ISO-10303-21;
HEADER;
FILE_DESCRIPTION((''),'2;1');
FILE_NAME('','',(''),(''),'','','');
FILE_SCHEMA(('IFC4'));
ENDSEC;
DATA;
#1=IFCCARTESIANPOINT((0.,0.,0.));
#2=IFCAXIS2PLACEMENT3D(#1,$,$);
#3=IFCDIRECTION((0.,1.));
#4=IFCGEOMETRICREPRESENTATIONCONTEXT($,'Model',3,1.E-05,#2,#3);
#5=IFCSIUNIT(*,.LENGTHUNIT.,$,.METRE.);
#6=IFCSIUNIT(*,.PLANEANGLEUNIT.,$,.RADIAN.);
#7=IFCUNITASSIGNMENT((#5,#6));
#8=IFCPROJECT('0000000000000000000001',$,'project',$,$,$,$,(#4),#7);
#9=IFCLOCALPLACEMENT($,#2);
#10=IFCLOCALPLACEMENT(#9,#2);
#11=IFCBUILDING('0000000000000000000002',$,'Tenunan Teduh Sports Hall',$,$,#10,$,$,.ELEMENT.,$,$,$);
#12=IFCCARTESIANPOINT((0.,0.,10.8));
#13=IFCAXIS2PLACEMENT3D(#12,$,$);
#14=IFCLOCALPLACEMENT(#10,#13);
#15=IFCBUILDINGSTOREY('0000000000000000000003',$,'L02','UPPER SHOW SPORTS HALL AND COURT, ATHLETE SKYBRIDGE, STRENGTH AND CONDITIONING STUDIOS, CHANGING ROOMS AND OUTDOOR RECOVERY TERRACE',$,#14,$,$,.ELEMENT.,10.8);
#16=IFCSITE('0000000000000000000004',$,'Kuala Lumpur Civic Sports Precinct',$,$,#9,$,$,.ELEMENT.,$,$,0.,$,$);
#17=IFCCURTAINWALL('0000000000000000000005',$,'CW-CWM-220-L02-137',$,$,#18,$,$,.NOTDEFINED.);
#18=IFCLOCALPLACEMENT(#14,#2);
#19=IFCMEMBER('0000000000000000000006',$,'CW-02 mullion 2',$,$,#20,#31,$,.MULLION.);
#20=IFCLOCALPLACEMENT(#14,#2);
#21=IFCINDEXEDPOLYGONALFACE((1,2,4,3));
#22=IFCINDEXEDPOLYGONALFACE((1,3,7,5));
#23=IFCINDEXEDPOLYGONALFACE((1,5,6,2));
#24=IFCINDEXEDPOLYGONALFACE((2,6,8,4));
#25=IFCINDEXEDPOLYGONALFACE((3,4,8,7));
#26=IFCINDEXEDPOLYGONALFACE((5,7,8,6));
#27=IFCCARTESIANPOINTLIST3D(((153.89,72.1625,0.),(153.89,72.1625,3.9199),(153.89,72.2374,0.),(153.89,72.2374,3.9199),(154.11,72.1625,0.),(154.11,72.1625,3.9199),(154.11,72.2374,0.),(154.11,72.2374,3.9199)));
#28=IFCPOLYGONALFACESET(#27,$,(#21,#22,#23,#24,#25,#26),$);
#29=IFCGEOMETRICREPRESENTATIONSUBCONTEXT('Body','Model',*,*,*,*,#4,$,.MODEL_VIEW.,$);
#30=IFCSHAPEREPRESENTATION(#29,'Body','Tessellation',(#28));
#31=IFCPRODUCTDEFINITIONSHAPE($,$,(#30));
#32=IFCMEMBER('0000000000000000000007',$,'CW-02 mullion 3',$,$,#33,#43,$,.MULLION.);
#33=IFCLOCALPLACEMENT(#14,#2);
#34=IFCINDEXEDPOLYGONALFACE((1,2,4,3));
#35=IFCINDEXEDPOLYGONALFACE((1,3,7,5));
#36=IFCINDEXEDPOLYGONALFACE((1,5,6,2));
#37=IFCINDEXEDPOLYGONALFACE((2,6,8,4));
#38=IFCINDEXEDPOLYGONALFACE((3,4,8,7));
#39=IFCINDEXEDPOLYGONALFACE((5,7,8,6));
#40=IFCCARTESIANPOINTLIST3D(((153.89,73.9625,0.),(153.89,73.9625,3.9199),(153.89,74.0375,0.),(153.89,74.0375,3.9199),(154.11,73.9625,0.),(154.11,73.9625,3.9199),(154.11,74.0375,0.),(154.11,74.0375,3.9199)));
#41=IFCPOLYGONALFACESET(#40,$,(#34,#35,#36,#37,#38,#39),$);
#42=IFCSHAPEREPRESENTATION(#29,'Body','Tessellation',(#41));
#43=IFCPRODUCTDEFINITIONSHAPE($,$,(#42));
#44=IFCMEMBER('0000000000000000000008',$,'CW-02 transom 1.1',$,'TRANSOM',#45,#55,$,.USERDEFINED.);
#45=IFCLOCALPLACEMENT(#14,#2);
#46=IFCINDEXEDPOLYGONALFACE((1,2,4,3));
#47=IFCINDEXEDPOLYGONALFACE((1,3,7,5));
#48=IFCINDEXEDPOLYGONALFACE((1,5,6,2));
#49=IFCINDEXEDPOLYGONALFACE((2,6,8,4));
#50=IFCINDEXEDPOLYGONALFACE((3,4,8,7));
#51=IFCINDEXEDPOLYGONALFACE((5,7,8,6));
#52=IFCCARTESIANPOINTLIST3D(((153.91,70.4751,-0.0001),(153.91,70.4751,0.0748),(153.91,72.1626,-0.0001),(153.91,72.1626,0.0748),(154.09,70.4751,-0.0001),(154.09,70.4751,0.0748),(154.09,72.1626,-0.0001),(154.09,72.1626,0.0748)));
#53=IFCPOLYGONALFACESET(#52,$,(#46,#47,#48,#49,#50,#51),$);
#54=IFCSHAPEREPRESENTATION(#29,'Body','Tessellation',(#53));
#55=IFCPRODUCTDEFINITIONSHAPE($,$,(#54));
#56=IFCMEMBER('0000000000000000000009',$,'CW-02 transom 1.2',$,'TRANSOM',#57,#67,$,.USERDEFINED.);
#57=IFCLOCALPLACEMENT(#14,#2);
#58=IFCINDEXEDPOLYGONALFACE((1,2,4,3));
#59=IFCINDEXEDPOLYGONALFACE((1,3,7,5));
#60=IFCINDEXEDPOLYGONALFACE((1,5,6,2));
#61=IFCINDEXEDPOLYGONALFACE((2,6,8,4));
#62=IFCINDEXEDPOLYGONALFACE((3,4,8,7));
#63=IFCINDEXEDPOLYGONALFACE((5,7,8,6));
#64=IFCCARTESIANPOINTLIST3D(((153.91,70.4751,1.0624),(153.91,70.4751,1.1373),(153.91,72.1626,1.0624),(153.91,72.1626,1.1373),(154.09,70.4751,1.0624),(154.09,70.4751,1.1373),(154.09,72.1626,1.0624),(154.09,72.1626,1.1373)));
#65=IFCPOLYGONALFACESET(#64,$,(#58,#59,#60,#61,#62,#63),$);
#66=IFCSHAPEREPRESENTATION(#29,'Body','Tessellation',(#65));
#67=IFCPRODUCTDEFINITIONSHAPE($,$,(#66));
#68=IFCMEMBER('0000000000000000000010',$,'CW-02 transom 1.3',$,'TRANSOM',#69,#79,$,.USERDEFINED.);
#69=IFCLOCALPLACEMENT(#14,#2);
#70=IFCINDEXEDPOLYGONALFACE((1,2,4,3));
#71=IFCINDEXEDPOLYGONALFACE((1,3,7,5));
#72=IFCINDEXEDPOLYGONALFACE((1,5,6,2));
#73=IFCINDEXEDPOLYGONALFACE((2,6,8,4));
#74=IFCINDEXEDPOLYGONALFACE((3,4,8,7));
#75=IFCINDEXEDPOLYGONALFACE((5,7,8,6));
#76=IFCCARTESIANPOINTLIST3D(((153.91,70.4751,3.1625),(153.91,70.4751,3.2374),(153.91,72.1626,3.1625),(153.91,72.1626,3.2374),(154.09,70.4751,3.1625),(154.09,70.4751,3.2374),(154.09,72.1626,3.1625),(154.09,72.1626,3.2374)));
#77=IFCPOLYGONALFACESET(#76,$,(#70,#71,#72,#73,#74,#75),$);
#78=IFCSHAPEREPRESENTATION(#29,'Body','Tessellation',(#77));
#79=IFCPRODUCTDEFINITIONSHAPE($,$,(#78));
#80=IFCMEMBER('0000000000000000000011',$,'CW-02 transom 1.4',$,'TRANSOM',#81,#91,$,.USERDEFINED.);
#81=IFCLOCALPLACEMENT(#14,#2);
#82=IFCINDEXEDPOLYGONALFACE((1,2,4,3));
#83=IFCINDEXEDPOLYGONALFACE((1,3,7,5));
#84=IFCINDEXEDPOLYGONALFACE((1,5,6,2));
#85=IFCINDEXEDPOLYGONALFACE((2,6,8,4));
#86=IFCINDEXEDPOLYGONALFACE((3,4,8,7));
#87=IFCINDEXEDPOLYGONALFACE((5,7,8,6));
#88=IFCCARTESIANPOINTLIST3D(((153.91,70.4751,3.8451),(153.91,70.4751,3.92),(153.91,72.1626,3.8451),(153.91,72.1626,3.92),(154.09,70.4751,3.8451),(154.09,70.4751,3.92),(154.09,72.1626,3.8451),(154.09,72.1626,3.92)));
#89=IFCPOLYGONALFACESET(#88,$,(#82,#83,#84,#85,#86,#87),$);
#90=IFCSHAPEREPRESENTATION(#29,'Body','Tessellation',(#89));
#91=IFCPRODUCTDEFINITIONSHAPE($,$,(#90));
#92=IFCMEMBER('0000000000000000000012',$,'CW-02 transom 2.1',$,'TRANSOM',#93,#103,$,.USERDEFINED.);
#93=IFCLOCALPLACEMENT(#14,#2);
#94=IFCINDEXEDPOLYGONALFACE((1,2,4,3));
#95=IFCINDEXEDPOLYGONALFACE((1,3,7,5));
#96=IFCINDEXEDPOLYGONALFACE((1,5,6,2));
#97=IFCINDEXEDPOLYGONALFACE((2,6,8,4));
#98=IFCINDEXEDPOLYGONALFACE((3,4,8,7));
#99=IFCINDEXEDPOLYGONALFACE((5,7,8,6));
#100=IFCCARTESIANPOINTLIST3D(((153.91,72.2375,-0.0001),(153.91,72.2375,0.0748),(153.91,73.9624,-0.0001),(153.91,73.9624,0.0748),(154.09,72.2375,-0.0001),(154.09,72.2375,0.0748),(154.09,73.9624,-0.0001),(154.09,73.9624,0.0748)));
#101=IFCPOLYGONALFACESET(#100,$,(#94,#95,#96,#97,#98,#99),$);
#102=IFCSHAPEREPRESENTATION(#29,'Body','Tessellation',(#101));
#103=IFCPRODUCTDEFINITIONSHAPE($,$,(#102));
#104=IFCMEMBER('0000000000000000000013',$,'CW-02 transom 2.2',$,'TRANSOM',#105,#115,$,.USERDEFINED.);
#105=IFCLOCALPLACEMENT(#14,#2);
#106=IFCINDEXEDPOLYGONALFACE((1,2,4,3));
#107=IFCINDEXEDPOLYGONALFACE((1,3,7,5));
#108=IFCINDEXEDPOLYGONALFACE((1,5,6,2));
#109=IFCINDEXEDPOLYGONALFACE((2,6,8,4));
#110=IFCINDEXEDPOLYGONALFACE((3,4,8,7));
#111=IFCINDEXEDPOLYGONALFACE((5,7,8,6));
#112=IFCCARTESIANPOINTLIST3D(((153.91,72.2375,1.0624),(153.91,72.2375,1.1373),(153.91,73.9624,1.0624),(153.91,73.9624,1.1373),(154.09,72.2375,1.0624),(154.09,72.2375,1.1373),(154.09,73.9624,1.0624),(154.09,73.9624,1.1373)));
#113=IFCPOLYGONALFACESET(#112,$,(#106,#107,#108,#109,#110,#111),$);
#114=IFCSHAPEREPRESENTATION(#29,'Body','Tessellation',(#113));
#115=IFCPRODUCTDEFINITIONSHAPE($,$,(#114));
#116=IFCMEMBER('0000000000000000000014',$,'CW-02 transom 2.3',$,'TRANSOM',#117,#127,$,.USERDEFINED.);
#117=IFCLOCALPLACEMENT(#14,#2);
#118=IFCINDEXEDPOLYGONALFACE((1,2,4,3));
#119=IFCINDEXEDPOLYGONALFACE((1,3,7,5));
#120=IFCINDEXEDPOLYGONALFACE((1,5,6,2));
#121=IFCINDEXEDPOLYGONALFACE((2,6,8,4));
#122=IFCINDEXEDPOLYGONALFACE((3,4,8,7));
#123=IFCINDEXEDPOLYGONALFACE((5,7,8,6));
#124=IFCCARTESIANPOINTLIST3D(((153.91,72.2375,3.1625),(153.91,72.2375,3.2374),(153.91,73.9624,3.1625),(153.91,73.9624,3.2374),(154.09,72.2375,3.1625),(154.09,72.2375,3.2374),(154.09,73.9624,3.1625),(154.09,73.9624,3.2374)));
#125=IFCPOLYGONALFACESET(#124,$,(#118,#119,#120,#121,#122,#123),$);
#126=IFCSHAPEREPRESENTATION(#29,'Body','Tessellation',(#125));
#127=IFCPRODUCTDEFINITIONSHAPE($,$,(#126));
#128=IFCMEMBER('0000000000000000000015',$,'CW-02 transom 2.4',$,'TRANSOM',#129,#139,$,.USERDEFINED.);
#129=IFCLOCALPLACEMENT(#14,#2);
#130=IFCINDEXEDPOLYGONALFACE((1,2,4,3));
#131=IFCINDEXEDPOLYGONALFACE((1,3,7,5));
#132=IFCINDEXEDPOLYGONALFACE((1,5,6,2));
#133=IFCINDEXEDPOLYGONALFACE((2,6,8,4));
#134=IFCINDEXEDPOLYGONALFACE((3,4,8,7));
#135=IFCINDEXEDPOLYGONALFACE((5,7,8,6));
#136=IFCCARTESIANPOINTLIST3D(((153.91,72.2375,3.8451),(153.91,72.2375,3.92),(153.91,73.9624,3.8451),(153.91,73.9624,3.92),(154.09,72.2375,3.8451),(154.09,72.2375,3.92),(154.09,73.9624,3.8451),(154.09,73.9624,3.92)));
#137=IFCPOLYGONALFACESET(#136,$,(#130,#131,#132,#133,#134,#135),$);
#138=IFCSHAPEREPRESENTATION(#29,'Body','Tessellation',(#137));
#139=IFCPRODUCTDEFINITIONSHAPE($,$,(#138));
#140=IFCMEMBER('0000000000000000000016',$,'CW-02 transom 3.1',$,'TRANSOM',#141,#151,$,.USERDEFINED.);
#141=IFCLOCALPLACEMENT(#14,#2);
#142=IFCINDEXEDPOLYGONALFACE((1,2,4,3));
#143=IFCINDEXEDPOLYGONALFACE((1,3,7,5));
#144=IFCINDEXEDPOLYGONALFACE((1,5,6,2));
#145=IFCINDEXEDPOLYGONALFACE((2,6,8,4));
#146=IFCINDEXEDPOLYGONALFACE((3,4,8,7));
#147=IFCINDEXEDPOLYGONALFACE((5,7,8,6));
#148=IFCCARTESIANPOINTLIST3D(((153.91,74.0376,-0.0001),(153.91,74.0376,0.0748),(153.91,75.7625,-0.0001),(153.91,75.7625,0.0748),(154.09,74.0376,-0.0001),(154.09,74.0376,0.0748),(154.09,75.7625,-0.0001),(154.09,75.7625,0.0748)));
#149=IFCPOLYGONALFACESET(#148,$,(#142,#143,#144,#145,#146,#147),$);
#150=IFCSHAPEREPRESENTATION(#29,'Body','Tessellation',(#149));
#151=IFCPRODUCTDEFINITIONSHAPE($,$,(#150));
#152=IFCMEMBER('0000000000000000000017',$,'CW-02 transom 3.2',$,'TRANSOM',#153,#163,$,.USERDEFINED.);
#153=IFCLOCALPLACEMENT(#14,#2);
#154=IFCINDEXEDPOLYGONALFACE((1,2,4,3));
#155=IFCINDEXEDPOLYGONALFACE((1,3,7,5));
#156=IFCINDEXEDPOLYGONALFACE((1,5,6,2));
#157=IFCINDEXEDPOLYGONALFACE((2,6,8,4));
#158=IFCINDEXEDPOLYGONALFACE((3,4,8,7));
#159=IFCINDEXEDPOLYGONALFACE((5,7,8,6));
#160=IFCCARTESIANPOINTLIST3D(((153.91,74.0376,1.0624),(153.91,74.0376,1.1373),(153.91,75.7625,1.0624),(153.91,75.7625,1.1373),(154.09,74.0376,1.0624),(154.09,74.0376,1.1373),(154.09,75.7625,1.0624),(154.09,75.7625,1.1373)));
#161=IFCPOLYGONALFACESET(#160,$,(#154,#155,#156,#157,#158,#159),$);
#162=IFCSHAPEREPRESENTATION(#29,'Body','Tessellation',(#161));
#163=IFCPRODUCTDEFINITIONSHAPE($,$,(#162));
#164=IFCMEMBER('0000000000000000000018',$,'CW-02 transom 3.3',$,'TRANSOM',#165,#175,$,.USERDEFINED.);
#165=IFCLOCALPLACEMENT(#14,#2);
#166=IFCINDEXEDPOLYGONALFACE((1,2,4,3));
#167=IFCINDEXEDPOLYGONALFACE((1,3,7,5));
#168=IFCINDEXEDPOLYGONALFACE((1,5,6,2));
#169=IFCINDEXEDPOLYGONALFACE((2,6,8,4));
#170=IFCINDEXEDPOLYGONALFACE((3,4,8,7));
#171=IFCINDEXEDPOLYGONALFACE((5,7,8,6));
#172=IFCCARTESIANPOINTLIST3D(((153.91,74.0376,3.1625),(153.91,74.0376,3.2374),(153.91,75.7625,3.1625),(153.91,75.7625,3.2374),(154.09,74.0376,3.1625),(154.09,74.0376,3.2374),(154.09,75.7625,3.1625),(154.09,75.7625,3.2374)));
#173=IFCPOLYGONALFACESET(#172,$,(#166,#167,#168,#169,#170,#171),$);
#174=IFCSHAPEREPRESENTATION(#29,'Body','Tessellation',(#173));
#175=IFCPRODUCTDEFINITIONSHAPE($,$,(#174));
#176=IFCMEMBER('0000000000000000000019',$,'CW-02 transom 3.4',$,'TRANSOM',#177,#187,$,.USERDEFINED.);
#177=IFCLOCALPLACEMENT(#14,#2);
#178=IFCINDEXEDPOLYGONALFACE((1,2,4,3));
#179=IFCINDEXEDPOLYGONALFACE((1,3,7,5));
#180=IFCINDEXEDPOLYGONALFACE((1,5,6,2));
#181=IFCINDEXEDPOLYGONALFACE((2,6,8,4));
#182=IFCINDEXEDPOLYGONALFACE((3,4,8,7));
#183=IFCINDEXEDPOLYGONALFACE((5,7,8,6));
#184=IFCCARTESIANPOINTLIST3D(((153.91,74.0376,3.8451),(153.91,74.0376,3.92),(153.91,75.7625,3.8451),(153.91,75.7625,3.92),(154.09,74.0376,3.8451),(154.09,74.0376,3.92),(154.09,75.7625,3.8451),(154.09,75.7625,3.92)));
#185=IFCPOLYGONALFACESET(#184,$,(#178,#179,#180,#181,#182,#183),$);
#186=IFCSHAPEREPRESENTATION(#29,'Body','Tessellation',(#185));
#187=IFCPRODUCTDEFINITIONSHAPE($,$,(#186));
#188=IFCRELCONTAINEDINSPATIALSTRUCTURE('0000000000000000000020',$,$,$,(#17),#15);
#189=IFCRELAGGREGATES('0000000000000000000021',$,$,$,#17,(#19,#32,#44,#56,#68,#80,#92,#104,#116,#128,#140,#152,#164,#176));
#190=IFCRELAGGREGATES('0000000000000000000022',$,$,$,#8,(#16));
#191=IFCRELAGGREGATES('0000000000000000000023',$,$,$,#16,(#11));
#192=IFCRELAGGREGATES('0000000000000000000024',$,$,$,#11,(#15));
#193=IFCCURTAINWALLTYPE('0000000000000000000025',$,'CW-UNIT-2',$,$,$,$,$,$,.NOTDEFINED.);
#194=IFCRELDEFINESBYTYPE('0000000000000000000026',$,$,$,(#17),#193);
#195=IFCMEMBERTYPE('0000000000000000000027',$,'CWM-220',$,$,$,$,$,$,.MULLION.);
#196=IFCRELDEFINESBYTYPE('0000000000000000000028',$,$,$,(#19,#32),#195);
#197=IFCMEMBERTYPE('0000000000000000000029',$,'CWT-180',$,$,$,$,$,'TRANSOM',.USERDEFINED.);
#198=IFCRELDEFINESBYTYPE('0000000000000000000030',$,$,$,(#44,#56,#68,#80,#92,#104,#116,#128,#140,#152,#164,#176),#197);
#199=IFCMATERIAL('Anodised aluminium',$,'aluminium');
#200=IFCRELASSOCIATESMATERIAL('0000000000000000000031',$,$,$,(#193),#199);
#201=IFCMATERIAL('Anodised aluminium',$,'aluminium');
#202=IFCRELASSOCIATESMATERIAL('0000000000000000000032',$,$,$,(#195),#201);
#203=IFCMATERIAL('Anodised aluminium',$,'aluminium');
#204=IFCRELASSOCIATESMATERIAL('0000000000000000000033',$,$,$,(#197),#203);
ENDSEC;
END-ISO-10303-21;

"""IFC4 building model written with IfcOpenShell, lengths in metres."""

from ifc_helpers import new_model, si_unit, direction, frame, origin, origin_2d, place, context, subcontext, project, spatial, rectangle, extrude, material, material_profile, profile_set, type_object, element, aggregate, save


model = new_model("IFC4")

# Units and contexts
model_context = context("Model", 3, precision=1e-05, world=origin(), true_north=direction((0.0, 1.0)))
body_context = subcontext(model_context, "Body", "Model", "MODEL_VIEW")
ifc_project = project(units=[si_unit("LENGTHUNIT", "METRE"), si_unit("PLANEANGLEUNIT", "RADIAN")], contexts=[model_context])

# Site, building, storey
site_placement = place(None, origin())
site = spatial("IfcSite", under=ifc_project, at=site_placement, Name="Kuala Lumpur Civic Sports Precinct", CompositionType="ELEMENT", RefElevation=0.0)
building_placement = place(site_placement, origin())
building = spatial("IfcBuilding", under=site, at=building_placement, Name="Tenunan Teduh Sports Hall", CompositionType="ELEMENT")
storey_placement = place(building_placement, frame((0.0, 0.0, 10.8)))
storey = spatial("IfcBuildingStorey", under=building, at=storey_placement, Name="L02", Description="UPPER SHOW SPORTS HALL AND COURT, ATHLETE SKYBRIDGE, STRENGTH AND CONDITIONING STUDIOS, CHANGING ROOMS AND OUTDOOR RECOVERY TERRACE", CompositionType="ELEMENT", Elevation=10.8)

# Curtain wall, members
ifc_material_1 = material(Name="Anodised aluminium", Category="aluminium")
curtain_wall_type = type_object("IfcCurtainWallType", Name="CW-UNIT-2", PredefinedType="NOTDEFINED", material=ifc_material_1)
curtain_wall_placement = place(storey_placement, origin())
curtain_wall = element("IfcCurtainWall", 1, at=curtain_wall_placement, inside=storey, type_object=curtain_wall_type, Name="CW-CWM-220-L02-137", PredefinedType="NOTDEFINED")
ifc_material_2 = material(Name="Anodised aluminium", Category="aluminium")
ifc_material_profile_1 = material_profile(ifc_material_2, rectangle(XDim=0.075, YDim=0.22, at=origin_2d()), Name="CWM 75x220")
ifc_profile_set_1 = profile_set([ifc_material_profile_1], Name="Anodised aluminium")
member_type_1 = type_object("IfcMemberType", Name="CWM-220", PredefinedType="MULLION", material=ifc_profile_set_1)
member_1_placement = place(storey_placement, frame((154.0, 72.2, 0.0), z_axis=(0.0, 0.0, 1.0), x_axis=(0.0, 1.0, 0.0)))
member_1 = element("IfcMember", 2, at=member_1_placement, type_object=member_type_1, Name="CW-02 mullion 2", PredefinedType="MULLION", context=body_context, shape_type="SweptSolid", body=[
    extrude(rectangle(XDim=0.075, YDim=0.22, at=origin_2d()), origin(), (0.0, 0.0, 1.0), 3.9199),
])
member_2_placement = place(storey_placement, frame((154.0, 74.0, 0.0), z_axis=(0.0, 0.0, 1.0), x_axis=(0.0, 1.0, 0.0)))
member_2 = element("IfcMember", 3, at=member_2_placement, type_object=member_type_1, Name="CW-02 mullion 3", PredefinedType="MULLION", context=body_context, shape_type="SweptSolid", body=[
    extrude(rectangle(XDim=0.075, YDim=0.22, at=origin_2d()), origin(), (0.0, 0.0, 1.0), 3.9199),
])
ifc_material_3 = material(Name="Anodised aluminium", Category="aluminium")
ifc_material_profile_2 = material_profile(ifc_material_3, rectangle(XDim=0.075, YDim=0.1799, at=origin_2d()), Name="CWT 75x180")
ifc_profile_set_2 = profile_set([ifc_material_profile_2], Name="Anodised aluminium")
member_type_2 = type_object("IfcMemberType", Name="CWT-180", ElementType="TRANSOM", PredefinedType="USERDEFINED", material=ifc_profile_set_2)
member_3_placement = place(storey_placement, frame((154.0, 70.4751, 0.0374), z_axis=(0.0, 1.0, 0.0), x_axis=(0.0, 0.0, 1.0)))
member_3 = element("IfcMember", 4, at=member_3_placement, type_object=member_type_2, Name="CW-02 transom 1.1", ObjectType="TRANSOM", PredefinedType="USERDEFINED", context=body_context, shape_type="SweptSolid", body=[
    extrude(rectangle(XDim=0.075, YDim=0.1799, at=origin_2d()), origin(), (0.0, 0.0, 1.0), 1.6875),
])
member_4_placement = place(storey_placement, frame((154.0, 70.4751, 1.0999), z_axis=(0.0, 1.0, 0.0), x_axis=(0.0, 0.0, 1.0)))
member_4 = element("IfcMember", 5, at=member_4_placement, type_object=member_type_2, Name="CW-02 transom 1.2", ObjectType="TRANSOM", PredefinedType="USERDEFINED", context=body_context, shape_type="SweptSolid", body=[
    extrude(rectangle(XDim=0.075, YDim=0.1799, at=origin_2d()), origin(), (0.0, 0.0, 1.0), 1.6875),
])
member_5_placement = place(storey_placement, frame((154.0, 70.4751, 3.2), z_axis=(0.0, 1.0, 0.0), x_axis=(0.0, 0.0, 1.0)))
member_5 = element("IfcMember", 6, at=member_5_placement, type_object=member_type_2, Name="CW-02 transom 1.3", ObjectType="TRANSOM", PredefinedType="USERDEFINED", context=body_context, shape_type="SweptSolid", body=[
    extrude(rectangle(XDim=0.075, YDim=0.1799, at=origin_2d()), origin(), (0.0, 0.0, 1.0), 1.6875),
])
member_6_placement = place(storey_placement, frame((154.0, 70.4751, 3.8826), z_axis=(0.0, 1.0, 0.0), x_axis=(0.0, 0.0, 1.0)))
member_6 = element("IfcMember", 7, at=member_6_placement, type_object=member_type_2, Name="CW-02 transom 1.4", ObjectType="TRANSOM", PredefinedType="USERDEFINED", context=body_context, shape_type="SweptSolid", body=[
    extrude(rectangle(XDim=0.075, YDim=0.1799, at=origin_2d()), origin(), (0.0, 0.0, 1.0), 1.6875),
])
member_7_placement = place(storey_placement, frame((154.0, 72.2375, 0.0374), z_axis=(0.0, 1.0, 0.0), x_axis=(0.0, 0.0, 1.0)))
member_7 = element("IfcMember", 8, at=member_7_placement, type_object=member_type_2, Name="CW-02 transom 2.1", ObjectType="TRANSOM", PredefinedType="USERDEFINED", context=body_context, shape_type="SweptSolid", body=[
    extrude(rectangle(XDim=0.075, YDim=0.1799, at=origin_2d()), origin(), (0.0, 0.0, 1.0), 1.7249),
])
member_8_placement = place(storey_placement, frame((154.0, 72.2375, 1.0999), z_axis=(0.0, 1.0, 0.0), x_axis=(0.0, 0.0, 1.0)))
member_8 = element("IfcMember", 9, at=member_8_placement, type_object=member_type_2, Name="CW-02 transom 2.2", ObjectType="TRANSOM", PredefinedType="USERDEFINED", context=body_context, shape_type="SweptSolid", body=[
    extrude(rectangle(XDim=0.075, YDim=0.1799, at=origin_2d()), origin(), (0.0, 0.0, 1.0), 1.7249),
])
member_9_placement = place(storey_placement, frame((154.0, 72.2375, 3.2), z_axis=(0.0, 1.0, 0.0), x_axis=(0.0, 0.0, 1.0)))
member_9 = element("IfcMember", 10, at=member_9_placement, type_object=member_type_2, Name="CW-02 transom 2.3", ObjectType="TRANSOM", PredefinedType="USERDEFINED", context=body_context, shape_type="SweptSolid", body=[
    extrude(rectangle(XDim=0.075, YDim=0.1799, at=origin_2d()), origin(), (0.0, 0.0, 1.0), 1.7249),
])
member_10_placement = place(storey_placement, frame((154.0, 72.2375, 3.8826), z_axis=(0.0, 1.0, 0.0), x_axis=(0.0, 0.0, 1.0)))
member_10 = element("IfcMember", 11, at=member_10_placement, type_object=member_type_2, Name="CW-02 transom 2.4", ObjectType="TRANSOM", PredefinedType="USERDEFINED", context=body_context, shape_type="SweptSolid", body=[
    extrude(rectangle(XDim=0.075, YDim=0.1799, at=origin_2d()), origin(), (0.0, 0.0, 1.0), 1.7249),
])
member_11_placement = place(storey_placement, frame((154.0, 74.0376, 0.0374), z_axis=(0.0, 1.0, 0.0), x_axis=(0.0, 0.0, 1.0)))
member_11 = element("IfcMember", 12, at=member_11_placement, type_object=member_type_2, Name="CW-02 transom 3.1", ObjectType="TRANSOM", PredefinedType="USERDEFINED", context=body_context, shape_type="SweptSolid", body=[
    extrude(rectangle(XDim=0.075, YDim=0.1799, at=origin_2d()), origin(), (0.0, 0.0, 1.0), 1.7249),
])
member_12_placement = place(storey_placement, frame((154.0, 74.0376, 1.0999), z_axis=(0.0, 1.0, 0.0), x_axis=(0.0, 0.0, 1.0)))
member_12 = element("IfcMember", 13, at=member_12_placement, type_object=member_type_2, Name="CW-02 transom 3.2", ObjectType="TRANSOM", PredefinedType="USERDEFINED", context=body_context, shape_type="SweptSolid", body=[
    extrude(rectangle(XDim=0.075, YDim=0.1799, at=origin_2d()), origin(), (0.0, 0.0, 1.0), 1.7249),
])
member_13_placement = place(storey_placement, frame((154.0, 74.0376, 3.2), z_axis=(0.0, 1.0, 0.0), x_axis=(0.0, 0.0, 1.0)))
member_13 = element("IfcMember", 14, at=member_13_placement, type_object=member_type_2, Name="CW-02 transom 3.3", ObjectType="TRANSOM", PredefinedType="USERDEFINED", context=body_context, shape_type="SweptSolid", body=[
    extrude(rectangle(XDim=0.075, YDim=0.1799, at=origin_2d()), origin(), (0.0, 0.0, 1.0), 1.7249),
])
member_14_placement = place(storey_placement, frame((154.0, 74.0376, 3.8826), z_axis=(0.0, 1.0, 0.0), x_axis=(0.0, 0.0, 1.0)))
member_14 = element("IfcMember", 15, at=member_14_placement, type_object=member_type_2, Name="CW-02 transom 3.4", ObjectType="TRANSOM", PredefinedType="USERDEFINED", context=body_context, shape_type="SweptSolid", body=[
    extrude(rectangle(XDim=0.075, YDim=0.1799, at=origin_2d()), origin(), (0.0, 0.0, 1.0), 1.7249),
])

aggregate(curtain_wall, [member_1, member_2, member_3, member_4, member_5, member_6, member_7, member_8, member_9, member_10, member_11, member_12, member_13, member_14])

save(model, "model.ifc")
